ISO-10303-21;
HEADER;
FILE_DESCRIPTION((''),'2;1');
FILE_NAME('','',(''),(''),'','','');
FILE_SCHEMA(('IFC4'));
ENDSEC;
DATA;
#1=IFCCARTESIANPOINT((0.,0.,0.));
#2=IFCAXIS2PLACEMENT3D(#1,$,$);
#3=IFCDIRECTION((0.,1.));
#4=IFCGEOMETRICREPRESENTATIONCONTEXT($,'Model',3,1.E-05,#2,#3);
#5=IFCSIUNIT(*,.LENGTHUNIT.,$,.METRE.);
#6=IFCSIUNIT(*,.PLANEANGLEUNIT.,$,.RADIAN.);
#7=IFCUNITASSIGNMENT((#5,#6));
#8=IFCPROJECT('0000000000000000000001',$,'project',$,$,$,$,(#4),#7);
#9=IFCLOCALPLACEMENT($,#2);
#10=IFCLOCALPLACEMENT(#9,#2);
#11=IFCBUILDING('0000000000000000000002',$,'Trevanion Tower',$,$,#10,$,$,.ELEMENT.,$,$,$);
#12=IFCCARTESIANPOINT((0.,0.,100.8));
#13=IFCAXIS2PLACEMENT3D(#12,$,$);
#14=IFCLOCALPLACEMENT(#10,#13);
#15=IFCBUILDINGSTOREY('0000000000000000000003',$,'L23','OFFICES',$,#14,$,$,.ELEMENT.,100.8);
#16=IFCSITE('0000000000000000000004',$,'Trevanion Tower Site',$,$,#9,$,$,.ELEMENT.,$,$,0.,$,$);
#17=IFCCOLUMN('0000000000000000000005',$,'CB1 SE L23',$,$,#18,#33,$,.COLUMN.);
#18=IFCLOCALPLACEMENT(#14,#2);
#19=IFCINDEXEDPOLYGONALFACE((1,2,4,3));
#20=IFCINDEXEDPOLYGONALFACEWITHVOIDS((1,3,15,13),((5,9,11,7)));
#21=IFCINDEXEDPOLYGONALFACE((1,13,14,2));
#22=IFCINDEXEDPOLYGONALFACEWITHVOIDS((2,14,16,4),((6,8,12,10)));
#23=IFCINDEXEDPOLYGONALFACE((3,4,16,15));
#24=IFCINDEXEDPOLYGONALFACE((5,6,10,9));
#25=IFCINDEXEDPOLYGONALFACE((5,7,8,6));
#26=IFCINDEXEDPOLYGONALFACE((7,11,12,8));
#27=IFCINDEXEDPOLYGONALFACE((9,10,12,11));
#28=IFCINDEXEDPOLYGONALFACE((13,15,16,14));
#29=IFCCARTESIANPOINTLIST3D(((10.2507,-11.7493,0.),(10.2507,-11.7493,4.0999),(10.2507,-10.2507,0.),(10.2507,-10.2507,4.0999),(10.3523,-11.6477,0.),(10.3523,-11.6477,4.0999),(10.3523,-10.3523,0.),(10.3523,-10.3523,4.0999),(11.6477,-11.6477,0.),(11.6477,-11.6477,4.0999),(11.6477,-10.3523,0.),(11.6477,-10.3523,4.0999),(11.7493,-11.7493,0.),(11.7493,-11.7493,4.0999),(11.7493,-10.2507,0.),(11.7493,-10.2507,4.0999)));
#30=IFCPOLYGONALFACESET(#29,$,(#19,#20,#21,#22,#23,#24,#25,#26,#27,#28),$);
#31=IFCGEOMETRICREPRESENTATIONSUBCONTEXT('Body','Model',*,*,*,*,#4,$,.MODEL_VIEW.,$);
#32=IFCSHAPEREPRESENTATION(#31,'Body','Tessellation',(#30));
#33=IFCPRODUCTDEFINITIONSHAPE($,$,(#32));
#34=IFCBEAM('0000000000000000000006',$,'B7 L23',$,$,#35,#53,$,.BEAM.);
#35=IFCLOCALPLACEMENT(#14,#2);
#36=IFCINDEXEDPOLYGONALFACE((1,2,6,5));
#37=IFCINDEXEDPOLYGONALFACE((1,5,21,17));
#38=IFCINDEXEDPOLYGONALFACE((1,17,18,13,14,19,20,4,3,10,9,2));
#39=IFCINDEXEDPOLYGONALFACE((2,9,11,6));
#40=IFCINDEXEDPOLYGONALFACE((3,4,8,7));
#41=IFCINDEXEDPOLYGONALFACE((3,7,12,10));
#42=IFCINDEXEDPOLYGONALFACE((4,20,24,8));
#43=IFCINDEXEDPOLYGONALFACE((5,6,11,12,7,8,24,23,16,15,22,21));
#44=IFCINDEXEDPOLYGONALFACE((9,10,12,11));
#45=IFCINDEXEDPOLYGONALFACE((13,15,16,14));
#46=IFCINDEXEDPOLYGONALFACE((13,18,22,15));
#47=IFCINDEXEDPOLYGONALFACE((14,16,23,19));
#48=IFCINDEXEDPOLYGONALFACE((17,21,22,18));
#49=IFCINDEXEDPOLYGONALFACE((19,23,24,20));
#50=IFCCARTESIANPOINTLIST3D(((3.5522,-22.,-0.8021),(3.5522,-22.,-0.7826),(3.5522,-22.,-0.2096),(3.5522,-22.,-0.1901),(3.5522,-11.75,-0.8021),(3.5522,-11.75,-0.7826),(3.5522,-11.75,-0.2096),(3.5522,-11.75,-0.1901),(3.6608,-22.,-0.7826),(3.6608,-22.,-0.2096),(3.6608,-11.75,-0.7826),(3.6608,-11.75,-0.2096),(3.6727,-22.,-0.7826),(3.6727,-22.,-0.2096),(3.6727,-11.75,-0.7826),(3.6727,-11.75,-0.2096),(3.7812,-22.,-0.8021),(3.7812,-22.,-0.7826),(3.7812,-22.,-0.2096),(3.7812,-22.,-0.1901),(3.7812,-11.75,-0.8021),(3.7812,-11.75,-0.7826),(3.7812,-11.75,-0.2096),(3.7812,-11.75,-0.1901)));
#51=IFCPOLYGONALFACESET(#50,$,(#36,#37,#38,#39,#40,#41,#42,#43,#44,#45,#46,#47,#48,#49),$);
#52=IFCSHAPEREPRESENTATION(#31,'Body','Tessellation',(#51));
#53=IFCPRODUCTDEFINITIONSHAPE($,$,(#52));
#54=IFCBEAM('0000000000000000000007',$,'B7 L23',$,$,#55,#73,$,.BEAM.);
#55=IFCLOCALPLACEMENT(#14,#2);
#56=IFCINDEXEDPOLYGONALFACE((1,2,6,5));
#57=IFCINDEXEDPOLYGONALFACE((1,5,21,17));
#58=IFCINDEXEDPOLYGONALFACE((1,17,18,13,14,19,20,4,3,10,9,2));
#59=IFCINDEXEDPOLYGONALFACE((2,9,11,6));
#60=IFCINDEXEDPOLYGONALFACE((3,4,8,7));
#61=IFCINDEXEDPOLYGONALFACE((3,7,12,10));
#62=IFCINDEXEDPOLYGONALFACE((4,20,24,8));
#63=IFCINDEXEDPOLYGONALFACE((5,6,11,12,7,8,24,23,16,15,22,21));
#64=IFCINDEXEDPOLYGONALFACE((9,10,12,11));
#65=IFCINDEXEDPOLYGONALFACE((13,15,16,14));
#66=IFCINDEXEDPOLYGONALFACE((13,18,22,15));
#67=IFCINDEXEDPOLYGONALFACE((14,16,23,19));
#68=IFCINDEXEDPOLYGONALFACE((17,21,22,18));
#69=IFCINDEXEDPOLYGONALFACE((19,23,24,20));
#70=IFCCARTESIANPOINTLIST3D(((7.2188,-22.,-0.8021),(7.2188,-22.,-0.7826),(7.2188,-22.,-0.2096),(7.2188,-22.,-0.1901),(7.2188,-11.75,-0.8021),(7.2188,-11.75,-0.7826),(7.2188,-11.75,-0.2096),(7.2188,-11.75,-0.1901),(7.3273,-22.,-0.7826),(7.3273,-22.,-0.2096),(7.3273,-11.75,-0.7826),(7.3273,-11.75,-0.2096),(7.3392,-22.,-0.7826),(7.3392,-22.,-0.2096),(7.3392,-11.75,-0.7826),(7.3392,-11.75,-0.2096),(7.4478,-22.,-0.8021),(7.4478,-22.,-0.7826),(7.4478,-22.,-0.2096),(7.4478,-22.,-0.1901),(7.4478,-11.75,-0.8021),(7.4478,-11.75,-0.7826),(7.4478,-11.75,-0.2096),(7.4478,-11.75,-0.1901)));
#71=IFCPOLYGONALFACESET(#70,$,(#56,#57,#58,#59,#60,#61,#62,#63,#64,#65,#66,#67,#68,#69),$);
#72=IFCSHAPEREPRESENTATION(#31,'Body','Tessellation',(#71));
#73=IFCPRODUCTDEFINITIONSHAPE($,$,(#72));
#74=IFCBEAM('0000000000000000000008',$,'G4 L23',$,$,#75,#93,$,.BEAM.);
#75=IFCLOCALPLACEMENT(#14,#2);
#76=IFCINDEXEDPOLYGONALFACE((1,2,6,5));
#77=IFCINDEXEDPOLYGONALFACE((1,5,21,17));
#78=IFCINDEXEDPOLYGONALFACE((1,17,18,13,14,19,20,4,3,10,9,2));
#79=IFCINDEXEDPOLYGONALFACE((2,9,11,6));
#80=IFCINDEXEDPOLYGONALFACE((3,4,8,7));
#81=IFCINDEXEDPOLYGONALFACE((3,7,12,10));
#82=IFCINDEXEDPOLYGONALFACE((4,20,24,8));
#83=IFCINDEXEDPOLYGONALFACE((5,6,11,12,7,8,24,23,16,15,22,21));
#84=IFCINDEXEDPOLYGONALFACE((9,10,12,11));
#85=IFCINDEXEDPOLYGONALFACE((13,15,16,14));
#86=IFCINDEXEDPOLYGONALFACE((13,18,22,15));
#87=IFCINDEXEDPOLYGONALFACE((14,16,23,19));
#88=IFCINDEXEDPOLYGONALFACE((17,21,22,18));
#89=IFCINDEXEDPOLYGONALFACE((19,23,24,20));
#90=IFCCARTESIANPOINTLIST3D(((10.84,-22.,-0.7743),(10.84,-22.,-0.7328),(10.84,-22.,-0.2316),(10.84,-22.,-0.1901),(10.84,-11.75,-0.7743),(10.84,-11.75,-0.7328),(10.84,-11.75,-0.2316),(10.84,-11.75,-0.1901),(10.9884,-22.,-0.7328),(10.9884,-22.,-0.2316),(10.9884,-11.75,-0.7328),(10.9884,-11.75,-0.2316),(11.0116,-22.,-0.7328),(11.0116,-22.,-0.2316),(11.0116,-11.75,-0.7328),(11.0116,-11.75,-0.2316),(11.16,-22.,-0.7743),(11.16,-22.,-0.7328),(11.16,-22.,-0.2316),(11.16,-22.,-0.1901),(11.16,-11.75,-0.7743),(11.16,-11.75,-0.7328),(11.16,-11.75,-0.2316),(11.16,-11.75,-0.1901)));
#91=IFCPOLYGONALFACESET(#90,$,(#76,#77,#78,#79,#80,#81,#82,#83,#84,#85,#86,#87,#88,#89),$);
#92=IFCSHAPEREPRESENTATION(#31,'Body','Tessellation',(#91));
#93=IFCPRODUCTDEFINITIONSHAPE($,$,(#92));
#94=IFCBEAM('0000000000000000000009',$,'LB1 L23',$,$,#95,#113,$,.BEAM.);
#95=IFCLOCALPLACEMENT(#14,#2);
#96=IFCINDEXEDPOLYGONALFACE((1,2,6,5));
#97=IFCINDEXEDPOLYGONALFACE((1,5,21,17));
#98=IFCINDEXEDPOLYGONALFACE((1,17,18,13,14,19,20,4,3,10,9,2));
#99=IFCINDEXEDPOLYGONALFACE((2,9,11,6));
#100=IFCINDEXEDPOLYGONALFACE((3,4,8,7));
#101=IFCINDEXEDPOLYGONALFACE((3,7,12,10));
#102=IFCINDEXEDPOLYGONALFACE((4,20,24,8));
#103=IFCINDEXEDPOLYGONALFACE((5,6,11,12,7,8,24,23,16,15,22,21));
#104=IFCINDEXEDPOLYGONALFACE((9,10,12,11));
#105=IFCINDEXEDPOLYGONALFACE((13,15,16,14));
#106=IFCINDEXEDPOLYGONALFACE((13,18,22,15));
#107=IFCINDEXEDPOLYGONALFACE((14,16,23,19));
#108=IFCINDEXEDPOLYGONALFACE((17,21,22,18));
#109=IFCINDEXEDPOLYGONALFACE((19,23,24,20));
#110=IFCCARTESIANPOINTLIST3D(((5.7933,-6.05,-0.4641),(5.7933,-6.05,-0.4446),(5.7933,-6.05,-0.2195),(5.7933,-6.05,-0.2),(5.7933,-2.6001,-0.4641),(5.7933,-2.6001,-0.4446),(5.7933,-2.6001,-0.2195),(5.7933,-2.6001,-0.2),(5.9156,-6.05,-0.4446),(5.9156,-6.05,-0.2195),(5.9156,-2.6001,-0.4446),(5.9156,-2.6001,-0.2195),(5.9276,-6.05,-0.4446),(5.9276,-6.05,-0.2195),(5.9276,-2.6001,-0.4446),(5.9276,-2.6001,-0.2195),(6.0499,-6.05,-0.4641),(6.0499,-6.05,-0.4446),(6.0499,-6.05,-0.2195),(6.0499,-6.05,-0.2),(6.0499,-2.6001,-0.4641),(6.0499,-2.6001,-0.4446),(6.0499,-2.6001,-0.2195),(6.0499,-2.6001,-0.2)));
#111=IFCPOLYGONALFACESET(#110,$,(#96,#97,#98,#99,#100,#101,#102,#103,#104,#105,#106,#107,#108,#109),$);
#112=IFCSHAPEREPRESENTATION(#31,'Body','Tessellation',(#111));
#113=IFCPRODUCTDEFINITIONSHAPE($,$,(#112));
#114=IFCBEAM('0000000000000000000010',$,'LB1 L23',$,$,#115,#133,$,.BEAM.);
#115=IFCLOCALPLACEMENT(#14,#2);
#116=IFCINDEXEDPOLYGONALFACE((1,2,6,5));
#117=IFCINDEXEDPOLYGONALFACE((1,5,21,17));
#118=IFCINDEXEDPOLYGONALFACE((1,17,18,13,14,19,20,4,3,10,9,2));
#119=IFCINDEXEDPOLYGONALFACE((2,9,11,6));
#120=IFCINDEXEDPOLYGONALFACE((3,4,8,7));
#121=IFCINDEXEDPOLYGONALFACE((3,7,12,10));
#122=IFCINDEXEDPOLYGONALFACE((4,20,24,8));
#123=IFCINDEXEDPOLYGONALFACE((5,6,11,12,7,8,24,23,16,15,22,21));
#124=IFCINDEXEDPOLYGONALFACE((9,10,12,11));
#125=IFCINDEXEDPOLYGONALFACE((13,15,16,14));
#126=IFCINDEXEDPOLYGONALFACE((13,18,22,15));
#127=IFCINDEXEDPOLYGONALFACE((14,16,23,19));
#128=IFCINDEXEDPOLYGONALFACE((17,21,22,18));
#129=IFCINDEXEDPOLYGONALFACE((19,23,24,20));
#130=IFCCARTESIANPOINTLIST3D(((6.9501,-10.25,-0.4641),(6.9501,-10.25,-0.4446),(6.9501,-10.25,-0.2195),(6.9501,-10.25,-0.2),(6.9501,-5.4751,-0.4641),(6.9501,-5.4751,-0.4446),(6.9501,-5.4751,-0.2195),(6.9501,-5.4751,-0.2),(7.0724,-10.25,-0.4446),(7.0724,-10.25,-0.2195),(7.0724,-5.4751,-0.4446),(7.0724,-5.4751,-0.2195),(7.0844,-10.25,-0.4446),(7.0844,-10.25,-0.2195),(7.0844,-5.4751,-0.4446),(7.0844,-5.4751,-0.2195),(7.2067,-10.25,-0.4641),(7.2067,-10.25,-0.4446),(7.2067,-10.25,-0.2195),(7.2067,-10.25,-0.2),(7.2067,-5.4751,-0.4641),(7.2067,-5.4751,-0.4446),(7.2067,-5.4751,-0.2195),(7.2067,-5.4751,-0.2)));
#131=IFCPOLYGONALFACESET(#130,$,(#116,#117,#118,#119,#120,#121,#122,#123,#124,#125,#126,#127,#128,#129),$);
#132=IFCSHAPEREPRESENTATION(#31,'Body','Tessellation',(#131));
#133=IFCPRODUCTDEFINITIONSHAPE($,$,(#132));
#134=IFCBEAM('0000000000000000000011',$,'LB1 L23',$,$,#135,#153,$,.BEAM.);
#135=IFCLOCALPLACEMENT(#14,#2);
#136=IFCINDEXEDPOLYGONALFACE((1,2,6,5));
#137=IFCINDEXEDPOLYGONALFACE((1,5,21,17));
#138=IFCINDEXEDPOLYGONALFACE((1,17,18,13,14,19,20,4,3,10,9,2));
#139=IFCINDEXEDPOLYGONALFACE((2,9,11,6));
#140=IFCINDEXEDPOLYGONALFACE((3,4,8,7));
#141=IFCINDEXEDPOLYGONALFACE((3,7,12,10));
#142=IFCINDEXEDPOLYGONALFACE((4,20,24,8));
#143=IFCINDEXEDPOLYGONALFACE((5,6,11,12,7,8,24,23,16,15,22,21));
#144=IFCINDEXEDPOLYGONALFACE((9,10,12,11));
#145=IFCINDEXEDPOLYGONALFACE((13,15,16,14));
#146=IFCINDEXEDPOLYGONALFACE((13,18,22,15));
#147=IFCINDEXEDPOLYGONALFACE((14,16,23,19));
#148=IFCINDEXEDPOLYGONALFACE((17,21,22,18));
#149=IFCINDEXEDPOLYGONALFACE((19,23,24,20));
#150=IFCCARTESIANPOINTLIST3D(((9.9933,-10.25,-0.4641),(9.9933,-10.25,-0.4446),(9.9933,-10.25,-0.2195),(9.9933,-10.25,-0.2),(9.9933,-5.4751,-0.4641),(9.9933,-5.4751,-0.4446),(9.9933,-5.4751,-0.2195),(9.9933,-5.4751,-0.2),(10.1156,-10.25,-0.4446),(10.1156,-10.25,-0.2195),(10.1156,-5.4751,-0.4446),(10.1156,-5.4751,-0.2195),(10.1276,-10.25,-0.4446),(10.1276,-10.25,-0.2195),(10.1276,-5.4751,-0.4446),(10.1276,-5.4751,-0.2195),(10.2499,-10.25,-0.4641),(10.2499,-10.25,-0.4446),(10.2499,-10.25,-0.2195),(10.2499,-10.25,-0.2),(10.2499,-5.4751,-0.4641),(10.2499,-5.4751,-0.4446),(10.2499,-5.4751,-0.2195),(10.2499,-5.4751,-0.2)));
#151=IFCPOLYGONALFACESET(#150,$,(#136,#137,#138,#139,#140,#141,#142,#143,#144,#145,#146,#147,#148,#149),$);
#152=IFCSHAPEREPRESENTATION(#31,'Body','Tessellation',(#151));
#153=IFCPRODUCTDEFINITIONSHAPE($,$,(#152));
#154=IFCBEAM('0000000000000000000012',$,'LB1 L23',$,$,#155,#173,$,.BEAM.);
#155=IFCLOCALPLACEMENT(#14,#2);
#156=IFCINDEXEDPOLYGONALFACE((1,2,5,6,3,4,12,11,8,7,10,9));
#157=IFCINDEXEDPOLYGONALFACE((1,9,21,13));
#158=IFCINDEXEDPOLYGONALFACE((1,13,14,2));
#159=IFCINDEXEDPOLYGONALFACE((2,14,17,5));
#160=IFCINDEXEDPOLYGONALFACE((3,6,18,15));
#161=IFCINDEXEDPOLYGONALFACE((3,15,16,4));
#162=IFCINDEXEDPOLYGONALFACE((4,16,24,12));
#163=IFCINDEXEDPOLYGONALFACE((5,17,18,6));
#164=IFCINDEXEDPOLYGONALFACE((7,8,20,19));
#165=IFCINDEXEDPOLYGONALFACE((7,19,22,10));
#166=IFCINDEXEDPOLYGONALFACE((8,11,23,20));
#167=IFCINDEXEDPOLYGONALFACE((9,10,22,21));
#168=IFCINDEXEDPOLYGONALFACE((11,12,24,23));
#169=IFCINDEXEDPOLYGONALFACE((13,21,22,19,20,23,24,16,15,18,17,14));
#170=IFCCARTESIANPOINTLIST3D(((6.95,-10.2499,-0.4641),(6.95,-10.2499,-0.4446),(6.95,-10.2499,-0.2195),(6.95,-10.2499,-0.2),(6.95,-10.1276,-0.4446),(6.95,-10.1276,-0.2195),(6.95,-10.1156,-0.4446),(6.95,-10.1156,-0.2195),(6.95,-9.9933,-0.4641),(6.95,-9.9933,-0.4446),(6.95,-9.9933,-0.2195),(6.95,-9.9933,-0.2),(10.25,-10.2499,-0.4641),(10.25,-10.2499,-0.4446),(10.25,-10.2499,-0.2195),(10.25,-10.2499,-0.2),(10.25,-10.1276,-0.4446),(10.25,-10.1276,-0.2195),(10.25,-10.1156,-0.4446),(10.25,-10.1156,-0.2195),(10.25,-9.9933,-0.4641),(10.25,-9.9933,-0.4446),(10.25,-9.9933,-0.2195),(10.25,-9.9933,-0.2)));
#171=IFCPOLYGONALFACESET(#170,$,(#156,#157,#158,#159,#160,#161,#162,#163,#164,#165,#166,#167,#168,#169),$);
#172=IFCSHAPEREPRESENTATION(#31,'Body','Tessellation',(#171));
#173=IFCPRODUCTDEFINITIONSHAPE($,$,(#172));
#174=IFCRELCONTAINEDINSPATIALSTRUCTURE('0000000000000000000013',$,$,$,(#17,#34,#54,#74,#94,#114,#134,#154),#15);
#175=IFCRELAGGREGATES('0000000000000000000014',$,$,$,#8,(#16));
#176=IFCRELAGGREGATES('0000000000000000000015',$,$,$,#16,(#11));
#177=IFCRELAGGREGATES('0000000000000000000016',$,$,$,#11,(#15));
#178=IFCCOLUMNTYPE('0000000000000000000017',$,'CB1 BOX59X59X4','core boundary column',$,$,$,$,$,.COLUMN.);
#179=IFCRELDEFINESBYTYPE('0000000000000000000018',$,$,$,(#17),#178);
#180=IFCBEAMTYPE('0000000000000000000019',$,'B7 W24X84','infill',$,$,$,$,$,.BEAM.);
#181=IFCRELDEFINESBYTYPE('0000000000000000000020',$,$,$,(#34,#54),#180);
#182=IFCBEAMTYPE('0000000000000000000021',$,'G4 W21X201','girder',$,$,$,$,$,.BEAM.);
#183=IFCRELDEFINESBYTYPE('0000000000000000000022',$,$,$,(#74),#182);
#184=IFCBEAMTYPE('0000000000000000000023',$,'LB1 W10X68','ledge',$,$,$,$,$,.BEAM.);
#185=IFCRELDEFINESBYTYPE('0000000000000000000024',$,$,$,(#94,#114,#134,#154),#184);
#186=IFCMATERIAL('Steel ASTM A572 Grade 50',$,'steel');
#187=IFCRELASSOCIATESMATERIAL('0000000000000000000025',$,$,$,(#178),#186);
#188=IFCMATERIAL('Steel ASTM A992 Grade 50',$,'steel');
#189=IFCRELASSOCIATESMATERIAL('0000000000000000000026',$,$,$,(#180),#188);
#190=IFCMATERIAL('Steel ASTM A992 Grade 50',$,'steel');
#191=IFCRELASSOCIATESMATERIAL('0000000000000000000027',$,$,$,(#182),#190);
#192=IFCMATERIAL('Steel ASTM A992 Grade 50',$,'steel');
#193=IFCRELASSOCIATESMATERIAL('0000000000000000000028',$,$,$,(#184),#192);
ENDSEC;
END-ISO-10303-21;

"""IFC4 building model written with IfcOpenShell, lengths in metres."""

from ifc_helpers import new_model, si_unit, direction, frame, origin, origin_2d, place, context, subcontext, project, spatial, hollow_rectangle, i_section, extrude, material, material_profile, profile_set, type_object, element, save


model = new_model("IFC4")

# Units and contexts
model_context = context("Model", 3, precision=1e-05, world=origin(), true_north=direction((0.0, 1.0)))
body_context = subcontext(model_context, "Body", "Model", "MODEL_VIEW")
ifc_project = project(units=[si_unit("LENGTHUNIT", "METRE"), si_unit("PLANEANGLEUNIT", "RADIAN")], contexts=[model_context])

# Site, building, storey
site_placement = place(None, origin())
site = spatial("IfcSite", under=ifc_project, at=site_placement, Name="Trevanion Tower Site", CompositionType="ELEMENT", RefElevation=0.0)
building_placement = place(site_placement, origin())
building = spatial("IfcBuilding", under=site, at=building_placement, Name="Trevanion Tower", CompositionType="ELEMENT")
storey_placement = place(building_placement, frame((0.0, 0.0, 100.8)))
storey = spatial("IfcBuildingStorey", under=building, at=storey_placement, Name="L23", Description="OFFICES", CompositionType="ELEMENT", Elevation=100.8)

# Column
ifc_material_1 = material(Name="Steel ASTM A572 Grade 50", Category="steel")
ifc_material_profile_1 = material_profile(ifc_material_1, hollow_rectangle(XDim=1.4985, YDim=1.4985, WallThickness=0.1016, at=origin_2d()), Name="BOX59X59X4")
ifc_profile_set_1 = profile_set([ifc_material_profile_1], Name="Steel ASTM A572 Grade 50")
column_type = type_object("IfcColumnType", Name="CB1 BOX59X59X4", Description="core boundary column", PredefinedType="COLUMN", material=ifc_profile_set_1)
column_placement = place(storey_placement, frame((11.0, -11.0, 0.0), z_axis=(0.0, 0.0, 1.0), x_axis=(1.0, 0.0, 0.0)))
element("IfcColumn", 1, at=column_placement, inside=storey, type_object=column_type, Name="CB1 SE L23", PredefinedType="COLUMN", context=body_context, shape_type="SweptSolid", body=[
    extrude(hollow_rectangle(XDim=1.4985, YDim=1.4985, WallThickness=0.1016, at=origin_2d()), origin(), (0.0, 0.0, 1.0), 4.0999),
])

# Beams
ifc_material_2 = material(Name="Steel ASTM A992 Grade 50", Category="steel")
ifc_material_profile_2 = material_profile(ifc_material_2, i_section(OverallWidth=0.229, OverallDepth=0.6121, WebThickness=0.012, FlangeThickness=0.0195, at=origin_2d()), Name="W24X84")
ifc_profile_set_2 = profile_set([ifc_material_profile_2], Name="Steel ASTM A992 Grade 50")
beam_type_1 = type_object("IfcBeamType", Name="B7 W24X84", Description="infill", PredefinedType="BEAM", material=ifc_profile_set_2)
for number, where, z_axis, x_axis, name in (
    (2, (3.6667, -11.75, -0.4961), (0.0, -1.0, 0.0), (1.0, 0.0, 0.0), "B7 L23"),
    (3, (7.3333, -11.75, -0.4961), (0.0, -1.0, 0.0), (1.0, 0.0, 0.0), "B7 L23"),
):
    element("IfcBeam", number, at=place(storey_placement, frame(where, z_axis=z_axis, x_axis=x_axis)), inside=storey, type_object=beam_type_1, Name=name, PredefinedType="BEAM", context=body_context, shape_type="SweptSolid", body=[
        extrude(i_section(OverallWidth=0.229, OverallDepth=0.6121, WebThickness=0.012, FlangeThickness=0.0195, at=origin_2d()), origin(), (0.0, 0.0, 1.0), 10.25),
    ])
ifc_material_3 = material(Name="Steel ASTM A992 Grade 50", Category="steel")
ifc_material_profile_3 = material_profile(ifc_material_3, i_section(OverallWidth=0.3201, OverallDepth=0.5842, WebThickness=0.0232, FlangeThickness=0.0415, at=origin_2d()), Name="W21X201")
ifc_profile_set_3 = profile_set([ifc_material_profile_3], Name="Steel ASTM A992 Grade 50")
beam_type_2 = type_object("IfcBeamType", Name="G4 W21X201", Description="girder", PredefinedType="BEAM", material=ifc_profile_set_3)
beam_1_placement = place(storey_placement, frame((11.0, -11.75, -0.4822), z_axis=(0.0, -1.0, 0.0), x_axis=(1.0, 0.0, 0.0)))
element("IfcBeam", 4, at=beam_1_placement, inside=storey, type_object=beam_type_2, Name="G4 L23", PredefinedType="BEAM", context=body_context, shape_type="SweptSolid", body=[
    extrude(i_section(OverallWidth=0.3201, OverallDepth=0.5842, WebThickness=0.0232, FlangeThickness=0.0415, at=origin_2d()), origin(), (0.0, 0.0, 1.0), 10.25),
])
ifc_material_4 = material(Name="Steel ASTM A992 Grade 50", Category="steel")
ifc_material_profile_4 = material_profile(ifc_material_4, i_section(OverallWidth=0.2566, OverallDepth=0.2642, WebThickness=0.012, FlangeThickness=0.0195, at=origin_2d()), Name="W10X68")
ifc_profile_set_4 = profile_set([ifc_material_profile_4], Name="Steel ASTM A992 Grade 50")
beam_type_3 = type_object("IfcBeamType", Name="LB1 W10X68", Description="ledge", PredefinedType="BEAM", material=ifc_profile_set_4)
beam_2_placement = place(storey_placement, frame((5.9216, -6.05, -0.332), z_axis=(0.0, 1.0, 0.0), x_axis=(-1.0, 0.0, 0.0)))
element("IfcBeam", 5, at=beam_2_placement, inside=storey, type_object=beam_type_3, Name="LB1 L23", PredefinedType="BEAM", context=body_context, shape_type="SweptSolid", body=[
    extrude(i_section(OverallWidth=0.2566, OverallDepth=0.2642, WebThickness=0.012, FlangeThickness=0.0195, at=origin_2d()), origin(), (0.0, 0.0, 1.0), 3.45),
])
for number, where, z_axis, x_axis, name in (
    (6, (7.0784, -10.25, -0.332), (0.0, 1.0, 0.0), (-1.0, 0.0, 0.0), "LB1 L23"),
    (7, (10.1216, -10.25, -0.332), (0.0, 1.0, 0.0), (-1.0, 0.0, 0.0), "LB1 L23"),
):
    element("IfcBeam", number, at=place(storey_placement, frame(where, z_axis=z_axis, x_axis=x_axis)), inside=storey, type_object=beam_type_3, Name=name, PredefinedType="BEAM", context=body_context, shape_type="SweptSolid", body=[
        extrude(i_section(OverallWidth=0.2566, OverallDepth=0.2642, WebThickness=0.012, FlangeThickness=0.0195, at=origin_2d()), origin(), (0.0, 0.0, 1.0), 4.7749),
    ])
beam_3_placement = place(storey_placement, frame((6.95, -10.1216, -0.332), z_axis=(1.0, 0.0, 0.0), x_axis=(0.0, 1.0, 0.0)))
element("IfcBeam", 8, at=beam_3_placement, inside=storey, type_object=beam_type_3, Name="LB1 L23", PredefinedType="BEAM", context=body_context, shape_type="SweptSolid", body=[
    extrude(i_section(OverallWidth=0.2566, OverallDepth=0.2642, WebThickness=0.012, FlangeThickness=0.0195, at=origin_2d()), origin(), (0.0, 0.0, 1.0), 3.3),
])

save(model, "model.ifc")
